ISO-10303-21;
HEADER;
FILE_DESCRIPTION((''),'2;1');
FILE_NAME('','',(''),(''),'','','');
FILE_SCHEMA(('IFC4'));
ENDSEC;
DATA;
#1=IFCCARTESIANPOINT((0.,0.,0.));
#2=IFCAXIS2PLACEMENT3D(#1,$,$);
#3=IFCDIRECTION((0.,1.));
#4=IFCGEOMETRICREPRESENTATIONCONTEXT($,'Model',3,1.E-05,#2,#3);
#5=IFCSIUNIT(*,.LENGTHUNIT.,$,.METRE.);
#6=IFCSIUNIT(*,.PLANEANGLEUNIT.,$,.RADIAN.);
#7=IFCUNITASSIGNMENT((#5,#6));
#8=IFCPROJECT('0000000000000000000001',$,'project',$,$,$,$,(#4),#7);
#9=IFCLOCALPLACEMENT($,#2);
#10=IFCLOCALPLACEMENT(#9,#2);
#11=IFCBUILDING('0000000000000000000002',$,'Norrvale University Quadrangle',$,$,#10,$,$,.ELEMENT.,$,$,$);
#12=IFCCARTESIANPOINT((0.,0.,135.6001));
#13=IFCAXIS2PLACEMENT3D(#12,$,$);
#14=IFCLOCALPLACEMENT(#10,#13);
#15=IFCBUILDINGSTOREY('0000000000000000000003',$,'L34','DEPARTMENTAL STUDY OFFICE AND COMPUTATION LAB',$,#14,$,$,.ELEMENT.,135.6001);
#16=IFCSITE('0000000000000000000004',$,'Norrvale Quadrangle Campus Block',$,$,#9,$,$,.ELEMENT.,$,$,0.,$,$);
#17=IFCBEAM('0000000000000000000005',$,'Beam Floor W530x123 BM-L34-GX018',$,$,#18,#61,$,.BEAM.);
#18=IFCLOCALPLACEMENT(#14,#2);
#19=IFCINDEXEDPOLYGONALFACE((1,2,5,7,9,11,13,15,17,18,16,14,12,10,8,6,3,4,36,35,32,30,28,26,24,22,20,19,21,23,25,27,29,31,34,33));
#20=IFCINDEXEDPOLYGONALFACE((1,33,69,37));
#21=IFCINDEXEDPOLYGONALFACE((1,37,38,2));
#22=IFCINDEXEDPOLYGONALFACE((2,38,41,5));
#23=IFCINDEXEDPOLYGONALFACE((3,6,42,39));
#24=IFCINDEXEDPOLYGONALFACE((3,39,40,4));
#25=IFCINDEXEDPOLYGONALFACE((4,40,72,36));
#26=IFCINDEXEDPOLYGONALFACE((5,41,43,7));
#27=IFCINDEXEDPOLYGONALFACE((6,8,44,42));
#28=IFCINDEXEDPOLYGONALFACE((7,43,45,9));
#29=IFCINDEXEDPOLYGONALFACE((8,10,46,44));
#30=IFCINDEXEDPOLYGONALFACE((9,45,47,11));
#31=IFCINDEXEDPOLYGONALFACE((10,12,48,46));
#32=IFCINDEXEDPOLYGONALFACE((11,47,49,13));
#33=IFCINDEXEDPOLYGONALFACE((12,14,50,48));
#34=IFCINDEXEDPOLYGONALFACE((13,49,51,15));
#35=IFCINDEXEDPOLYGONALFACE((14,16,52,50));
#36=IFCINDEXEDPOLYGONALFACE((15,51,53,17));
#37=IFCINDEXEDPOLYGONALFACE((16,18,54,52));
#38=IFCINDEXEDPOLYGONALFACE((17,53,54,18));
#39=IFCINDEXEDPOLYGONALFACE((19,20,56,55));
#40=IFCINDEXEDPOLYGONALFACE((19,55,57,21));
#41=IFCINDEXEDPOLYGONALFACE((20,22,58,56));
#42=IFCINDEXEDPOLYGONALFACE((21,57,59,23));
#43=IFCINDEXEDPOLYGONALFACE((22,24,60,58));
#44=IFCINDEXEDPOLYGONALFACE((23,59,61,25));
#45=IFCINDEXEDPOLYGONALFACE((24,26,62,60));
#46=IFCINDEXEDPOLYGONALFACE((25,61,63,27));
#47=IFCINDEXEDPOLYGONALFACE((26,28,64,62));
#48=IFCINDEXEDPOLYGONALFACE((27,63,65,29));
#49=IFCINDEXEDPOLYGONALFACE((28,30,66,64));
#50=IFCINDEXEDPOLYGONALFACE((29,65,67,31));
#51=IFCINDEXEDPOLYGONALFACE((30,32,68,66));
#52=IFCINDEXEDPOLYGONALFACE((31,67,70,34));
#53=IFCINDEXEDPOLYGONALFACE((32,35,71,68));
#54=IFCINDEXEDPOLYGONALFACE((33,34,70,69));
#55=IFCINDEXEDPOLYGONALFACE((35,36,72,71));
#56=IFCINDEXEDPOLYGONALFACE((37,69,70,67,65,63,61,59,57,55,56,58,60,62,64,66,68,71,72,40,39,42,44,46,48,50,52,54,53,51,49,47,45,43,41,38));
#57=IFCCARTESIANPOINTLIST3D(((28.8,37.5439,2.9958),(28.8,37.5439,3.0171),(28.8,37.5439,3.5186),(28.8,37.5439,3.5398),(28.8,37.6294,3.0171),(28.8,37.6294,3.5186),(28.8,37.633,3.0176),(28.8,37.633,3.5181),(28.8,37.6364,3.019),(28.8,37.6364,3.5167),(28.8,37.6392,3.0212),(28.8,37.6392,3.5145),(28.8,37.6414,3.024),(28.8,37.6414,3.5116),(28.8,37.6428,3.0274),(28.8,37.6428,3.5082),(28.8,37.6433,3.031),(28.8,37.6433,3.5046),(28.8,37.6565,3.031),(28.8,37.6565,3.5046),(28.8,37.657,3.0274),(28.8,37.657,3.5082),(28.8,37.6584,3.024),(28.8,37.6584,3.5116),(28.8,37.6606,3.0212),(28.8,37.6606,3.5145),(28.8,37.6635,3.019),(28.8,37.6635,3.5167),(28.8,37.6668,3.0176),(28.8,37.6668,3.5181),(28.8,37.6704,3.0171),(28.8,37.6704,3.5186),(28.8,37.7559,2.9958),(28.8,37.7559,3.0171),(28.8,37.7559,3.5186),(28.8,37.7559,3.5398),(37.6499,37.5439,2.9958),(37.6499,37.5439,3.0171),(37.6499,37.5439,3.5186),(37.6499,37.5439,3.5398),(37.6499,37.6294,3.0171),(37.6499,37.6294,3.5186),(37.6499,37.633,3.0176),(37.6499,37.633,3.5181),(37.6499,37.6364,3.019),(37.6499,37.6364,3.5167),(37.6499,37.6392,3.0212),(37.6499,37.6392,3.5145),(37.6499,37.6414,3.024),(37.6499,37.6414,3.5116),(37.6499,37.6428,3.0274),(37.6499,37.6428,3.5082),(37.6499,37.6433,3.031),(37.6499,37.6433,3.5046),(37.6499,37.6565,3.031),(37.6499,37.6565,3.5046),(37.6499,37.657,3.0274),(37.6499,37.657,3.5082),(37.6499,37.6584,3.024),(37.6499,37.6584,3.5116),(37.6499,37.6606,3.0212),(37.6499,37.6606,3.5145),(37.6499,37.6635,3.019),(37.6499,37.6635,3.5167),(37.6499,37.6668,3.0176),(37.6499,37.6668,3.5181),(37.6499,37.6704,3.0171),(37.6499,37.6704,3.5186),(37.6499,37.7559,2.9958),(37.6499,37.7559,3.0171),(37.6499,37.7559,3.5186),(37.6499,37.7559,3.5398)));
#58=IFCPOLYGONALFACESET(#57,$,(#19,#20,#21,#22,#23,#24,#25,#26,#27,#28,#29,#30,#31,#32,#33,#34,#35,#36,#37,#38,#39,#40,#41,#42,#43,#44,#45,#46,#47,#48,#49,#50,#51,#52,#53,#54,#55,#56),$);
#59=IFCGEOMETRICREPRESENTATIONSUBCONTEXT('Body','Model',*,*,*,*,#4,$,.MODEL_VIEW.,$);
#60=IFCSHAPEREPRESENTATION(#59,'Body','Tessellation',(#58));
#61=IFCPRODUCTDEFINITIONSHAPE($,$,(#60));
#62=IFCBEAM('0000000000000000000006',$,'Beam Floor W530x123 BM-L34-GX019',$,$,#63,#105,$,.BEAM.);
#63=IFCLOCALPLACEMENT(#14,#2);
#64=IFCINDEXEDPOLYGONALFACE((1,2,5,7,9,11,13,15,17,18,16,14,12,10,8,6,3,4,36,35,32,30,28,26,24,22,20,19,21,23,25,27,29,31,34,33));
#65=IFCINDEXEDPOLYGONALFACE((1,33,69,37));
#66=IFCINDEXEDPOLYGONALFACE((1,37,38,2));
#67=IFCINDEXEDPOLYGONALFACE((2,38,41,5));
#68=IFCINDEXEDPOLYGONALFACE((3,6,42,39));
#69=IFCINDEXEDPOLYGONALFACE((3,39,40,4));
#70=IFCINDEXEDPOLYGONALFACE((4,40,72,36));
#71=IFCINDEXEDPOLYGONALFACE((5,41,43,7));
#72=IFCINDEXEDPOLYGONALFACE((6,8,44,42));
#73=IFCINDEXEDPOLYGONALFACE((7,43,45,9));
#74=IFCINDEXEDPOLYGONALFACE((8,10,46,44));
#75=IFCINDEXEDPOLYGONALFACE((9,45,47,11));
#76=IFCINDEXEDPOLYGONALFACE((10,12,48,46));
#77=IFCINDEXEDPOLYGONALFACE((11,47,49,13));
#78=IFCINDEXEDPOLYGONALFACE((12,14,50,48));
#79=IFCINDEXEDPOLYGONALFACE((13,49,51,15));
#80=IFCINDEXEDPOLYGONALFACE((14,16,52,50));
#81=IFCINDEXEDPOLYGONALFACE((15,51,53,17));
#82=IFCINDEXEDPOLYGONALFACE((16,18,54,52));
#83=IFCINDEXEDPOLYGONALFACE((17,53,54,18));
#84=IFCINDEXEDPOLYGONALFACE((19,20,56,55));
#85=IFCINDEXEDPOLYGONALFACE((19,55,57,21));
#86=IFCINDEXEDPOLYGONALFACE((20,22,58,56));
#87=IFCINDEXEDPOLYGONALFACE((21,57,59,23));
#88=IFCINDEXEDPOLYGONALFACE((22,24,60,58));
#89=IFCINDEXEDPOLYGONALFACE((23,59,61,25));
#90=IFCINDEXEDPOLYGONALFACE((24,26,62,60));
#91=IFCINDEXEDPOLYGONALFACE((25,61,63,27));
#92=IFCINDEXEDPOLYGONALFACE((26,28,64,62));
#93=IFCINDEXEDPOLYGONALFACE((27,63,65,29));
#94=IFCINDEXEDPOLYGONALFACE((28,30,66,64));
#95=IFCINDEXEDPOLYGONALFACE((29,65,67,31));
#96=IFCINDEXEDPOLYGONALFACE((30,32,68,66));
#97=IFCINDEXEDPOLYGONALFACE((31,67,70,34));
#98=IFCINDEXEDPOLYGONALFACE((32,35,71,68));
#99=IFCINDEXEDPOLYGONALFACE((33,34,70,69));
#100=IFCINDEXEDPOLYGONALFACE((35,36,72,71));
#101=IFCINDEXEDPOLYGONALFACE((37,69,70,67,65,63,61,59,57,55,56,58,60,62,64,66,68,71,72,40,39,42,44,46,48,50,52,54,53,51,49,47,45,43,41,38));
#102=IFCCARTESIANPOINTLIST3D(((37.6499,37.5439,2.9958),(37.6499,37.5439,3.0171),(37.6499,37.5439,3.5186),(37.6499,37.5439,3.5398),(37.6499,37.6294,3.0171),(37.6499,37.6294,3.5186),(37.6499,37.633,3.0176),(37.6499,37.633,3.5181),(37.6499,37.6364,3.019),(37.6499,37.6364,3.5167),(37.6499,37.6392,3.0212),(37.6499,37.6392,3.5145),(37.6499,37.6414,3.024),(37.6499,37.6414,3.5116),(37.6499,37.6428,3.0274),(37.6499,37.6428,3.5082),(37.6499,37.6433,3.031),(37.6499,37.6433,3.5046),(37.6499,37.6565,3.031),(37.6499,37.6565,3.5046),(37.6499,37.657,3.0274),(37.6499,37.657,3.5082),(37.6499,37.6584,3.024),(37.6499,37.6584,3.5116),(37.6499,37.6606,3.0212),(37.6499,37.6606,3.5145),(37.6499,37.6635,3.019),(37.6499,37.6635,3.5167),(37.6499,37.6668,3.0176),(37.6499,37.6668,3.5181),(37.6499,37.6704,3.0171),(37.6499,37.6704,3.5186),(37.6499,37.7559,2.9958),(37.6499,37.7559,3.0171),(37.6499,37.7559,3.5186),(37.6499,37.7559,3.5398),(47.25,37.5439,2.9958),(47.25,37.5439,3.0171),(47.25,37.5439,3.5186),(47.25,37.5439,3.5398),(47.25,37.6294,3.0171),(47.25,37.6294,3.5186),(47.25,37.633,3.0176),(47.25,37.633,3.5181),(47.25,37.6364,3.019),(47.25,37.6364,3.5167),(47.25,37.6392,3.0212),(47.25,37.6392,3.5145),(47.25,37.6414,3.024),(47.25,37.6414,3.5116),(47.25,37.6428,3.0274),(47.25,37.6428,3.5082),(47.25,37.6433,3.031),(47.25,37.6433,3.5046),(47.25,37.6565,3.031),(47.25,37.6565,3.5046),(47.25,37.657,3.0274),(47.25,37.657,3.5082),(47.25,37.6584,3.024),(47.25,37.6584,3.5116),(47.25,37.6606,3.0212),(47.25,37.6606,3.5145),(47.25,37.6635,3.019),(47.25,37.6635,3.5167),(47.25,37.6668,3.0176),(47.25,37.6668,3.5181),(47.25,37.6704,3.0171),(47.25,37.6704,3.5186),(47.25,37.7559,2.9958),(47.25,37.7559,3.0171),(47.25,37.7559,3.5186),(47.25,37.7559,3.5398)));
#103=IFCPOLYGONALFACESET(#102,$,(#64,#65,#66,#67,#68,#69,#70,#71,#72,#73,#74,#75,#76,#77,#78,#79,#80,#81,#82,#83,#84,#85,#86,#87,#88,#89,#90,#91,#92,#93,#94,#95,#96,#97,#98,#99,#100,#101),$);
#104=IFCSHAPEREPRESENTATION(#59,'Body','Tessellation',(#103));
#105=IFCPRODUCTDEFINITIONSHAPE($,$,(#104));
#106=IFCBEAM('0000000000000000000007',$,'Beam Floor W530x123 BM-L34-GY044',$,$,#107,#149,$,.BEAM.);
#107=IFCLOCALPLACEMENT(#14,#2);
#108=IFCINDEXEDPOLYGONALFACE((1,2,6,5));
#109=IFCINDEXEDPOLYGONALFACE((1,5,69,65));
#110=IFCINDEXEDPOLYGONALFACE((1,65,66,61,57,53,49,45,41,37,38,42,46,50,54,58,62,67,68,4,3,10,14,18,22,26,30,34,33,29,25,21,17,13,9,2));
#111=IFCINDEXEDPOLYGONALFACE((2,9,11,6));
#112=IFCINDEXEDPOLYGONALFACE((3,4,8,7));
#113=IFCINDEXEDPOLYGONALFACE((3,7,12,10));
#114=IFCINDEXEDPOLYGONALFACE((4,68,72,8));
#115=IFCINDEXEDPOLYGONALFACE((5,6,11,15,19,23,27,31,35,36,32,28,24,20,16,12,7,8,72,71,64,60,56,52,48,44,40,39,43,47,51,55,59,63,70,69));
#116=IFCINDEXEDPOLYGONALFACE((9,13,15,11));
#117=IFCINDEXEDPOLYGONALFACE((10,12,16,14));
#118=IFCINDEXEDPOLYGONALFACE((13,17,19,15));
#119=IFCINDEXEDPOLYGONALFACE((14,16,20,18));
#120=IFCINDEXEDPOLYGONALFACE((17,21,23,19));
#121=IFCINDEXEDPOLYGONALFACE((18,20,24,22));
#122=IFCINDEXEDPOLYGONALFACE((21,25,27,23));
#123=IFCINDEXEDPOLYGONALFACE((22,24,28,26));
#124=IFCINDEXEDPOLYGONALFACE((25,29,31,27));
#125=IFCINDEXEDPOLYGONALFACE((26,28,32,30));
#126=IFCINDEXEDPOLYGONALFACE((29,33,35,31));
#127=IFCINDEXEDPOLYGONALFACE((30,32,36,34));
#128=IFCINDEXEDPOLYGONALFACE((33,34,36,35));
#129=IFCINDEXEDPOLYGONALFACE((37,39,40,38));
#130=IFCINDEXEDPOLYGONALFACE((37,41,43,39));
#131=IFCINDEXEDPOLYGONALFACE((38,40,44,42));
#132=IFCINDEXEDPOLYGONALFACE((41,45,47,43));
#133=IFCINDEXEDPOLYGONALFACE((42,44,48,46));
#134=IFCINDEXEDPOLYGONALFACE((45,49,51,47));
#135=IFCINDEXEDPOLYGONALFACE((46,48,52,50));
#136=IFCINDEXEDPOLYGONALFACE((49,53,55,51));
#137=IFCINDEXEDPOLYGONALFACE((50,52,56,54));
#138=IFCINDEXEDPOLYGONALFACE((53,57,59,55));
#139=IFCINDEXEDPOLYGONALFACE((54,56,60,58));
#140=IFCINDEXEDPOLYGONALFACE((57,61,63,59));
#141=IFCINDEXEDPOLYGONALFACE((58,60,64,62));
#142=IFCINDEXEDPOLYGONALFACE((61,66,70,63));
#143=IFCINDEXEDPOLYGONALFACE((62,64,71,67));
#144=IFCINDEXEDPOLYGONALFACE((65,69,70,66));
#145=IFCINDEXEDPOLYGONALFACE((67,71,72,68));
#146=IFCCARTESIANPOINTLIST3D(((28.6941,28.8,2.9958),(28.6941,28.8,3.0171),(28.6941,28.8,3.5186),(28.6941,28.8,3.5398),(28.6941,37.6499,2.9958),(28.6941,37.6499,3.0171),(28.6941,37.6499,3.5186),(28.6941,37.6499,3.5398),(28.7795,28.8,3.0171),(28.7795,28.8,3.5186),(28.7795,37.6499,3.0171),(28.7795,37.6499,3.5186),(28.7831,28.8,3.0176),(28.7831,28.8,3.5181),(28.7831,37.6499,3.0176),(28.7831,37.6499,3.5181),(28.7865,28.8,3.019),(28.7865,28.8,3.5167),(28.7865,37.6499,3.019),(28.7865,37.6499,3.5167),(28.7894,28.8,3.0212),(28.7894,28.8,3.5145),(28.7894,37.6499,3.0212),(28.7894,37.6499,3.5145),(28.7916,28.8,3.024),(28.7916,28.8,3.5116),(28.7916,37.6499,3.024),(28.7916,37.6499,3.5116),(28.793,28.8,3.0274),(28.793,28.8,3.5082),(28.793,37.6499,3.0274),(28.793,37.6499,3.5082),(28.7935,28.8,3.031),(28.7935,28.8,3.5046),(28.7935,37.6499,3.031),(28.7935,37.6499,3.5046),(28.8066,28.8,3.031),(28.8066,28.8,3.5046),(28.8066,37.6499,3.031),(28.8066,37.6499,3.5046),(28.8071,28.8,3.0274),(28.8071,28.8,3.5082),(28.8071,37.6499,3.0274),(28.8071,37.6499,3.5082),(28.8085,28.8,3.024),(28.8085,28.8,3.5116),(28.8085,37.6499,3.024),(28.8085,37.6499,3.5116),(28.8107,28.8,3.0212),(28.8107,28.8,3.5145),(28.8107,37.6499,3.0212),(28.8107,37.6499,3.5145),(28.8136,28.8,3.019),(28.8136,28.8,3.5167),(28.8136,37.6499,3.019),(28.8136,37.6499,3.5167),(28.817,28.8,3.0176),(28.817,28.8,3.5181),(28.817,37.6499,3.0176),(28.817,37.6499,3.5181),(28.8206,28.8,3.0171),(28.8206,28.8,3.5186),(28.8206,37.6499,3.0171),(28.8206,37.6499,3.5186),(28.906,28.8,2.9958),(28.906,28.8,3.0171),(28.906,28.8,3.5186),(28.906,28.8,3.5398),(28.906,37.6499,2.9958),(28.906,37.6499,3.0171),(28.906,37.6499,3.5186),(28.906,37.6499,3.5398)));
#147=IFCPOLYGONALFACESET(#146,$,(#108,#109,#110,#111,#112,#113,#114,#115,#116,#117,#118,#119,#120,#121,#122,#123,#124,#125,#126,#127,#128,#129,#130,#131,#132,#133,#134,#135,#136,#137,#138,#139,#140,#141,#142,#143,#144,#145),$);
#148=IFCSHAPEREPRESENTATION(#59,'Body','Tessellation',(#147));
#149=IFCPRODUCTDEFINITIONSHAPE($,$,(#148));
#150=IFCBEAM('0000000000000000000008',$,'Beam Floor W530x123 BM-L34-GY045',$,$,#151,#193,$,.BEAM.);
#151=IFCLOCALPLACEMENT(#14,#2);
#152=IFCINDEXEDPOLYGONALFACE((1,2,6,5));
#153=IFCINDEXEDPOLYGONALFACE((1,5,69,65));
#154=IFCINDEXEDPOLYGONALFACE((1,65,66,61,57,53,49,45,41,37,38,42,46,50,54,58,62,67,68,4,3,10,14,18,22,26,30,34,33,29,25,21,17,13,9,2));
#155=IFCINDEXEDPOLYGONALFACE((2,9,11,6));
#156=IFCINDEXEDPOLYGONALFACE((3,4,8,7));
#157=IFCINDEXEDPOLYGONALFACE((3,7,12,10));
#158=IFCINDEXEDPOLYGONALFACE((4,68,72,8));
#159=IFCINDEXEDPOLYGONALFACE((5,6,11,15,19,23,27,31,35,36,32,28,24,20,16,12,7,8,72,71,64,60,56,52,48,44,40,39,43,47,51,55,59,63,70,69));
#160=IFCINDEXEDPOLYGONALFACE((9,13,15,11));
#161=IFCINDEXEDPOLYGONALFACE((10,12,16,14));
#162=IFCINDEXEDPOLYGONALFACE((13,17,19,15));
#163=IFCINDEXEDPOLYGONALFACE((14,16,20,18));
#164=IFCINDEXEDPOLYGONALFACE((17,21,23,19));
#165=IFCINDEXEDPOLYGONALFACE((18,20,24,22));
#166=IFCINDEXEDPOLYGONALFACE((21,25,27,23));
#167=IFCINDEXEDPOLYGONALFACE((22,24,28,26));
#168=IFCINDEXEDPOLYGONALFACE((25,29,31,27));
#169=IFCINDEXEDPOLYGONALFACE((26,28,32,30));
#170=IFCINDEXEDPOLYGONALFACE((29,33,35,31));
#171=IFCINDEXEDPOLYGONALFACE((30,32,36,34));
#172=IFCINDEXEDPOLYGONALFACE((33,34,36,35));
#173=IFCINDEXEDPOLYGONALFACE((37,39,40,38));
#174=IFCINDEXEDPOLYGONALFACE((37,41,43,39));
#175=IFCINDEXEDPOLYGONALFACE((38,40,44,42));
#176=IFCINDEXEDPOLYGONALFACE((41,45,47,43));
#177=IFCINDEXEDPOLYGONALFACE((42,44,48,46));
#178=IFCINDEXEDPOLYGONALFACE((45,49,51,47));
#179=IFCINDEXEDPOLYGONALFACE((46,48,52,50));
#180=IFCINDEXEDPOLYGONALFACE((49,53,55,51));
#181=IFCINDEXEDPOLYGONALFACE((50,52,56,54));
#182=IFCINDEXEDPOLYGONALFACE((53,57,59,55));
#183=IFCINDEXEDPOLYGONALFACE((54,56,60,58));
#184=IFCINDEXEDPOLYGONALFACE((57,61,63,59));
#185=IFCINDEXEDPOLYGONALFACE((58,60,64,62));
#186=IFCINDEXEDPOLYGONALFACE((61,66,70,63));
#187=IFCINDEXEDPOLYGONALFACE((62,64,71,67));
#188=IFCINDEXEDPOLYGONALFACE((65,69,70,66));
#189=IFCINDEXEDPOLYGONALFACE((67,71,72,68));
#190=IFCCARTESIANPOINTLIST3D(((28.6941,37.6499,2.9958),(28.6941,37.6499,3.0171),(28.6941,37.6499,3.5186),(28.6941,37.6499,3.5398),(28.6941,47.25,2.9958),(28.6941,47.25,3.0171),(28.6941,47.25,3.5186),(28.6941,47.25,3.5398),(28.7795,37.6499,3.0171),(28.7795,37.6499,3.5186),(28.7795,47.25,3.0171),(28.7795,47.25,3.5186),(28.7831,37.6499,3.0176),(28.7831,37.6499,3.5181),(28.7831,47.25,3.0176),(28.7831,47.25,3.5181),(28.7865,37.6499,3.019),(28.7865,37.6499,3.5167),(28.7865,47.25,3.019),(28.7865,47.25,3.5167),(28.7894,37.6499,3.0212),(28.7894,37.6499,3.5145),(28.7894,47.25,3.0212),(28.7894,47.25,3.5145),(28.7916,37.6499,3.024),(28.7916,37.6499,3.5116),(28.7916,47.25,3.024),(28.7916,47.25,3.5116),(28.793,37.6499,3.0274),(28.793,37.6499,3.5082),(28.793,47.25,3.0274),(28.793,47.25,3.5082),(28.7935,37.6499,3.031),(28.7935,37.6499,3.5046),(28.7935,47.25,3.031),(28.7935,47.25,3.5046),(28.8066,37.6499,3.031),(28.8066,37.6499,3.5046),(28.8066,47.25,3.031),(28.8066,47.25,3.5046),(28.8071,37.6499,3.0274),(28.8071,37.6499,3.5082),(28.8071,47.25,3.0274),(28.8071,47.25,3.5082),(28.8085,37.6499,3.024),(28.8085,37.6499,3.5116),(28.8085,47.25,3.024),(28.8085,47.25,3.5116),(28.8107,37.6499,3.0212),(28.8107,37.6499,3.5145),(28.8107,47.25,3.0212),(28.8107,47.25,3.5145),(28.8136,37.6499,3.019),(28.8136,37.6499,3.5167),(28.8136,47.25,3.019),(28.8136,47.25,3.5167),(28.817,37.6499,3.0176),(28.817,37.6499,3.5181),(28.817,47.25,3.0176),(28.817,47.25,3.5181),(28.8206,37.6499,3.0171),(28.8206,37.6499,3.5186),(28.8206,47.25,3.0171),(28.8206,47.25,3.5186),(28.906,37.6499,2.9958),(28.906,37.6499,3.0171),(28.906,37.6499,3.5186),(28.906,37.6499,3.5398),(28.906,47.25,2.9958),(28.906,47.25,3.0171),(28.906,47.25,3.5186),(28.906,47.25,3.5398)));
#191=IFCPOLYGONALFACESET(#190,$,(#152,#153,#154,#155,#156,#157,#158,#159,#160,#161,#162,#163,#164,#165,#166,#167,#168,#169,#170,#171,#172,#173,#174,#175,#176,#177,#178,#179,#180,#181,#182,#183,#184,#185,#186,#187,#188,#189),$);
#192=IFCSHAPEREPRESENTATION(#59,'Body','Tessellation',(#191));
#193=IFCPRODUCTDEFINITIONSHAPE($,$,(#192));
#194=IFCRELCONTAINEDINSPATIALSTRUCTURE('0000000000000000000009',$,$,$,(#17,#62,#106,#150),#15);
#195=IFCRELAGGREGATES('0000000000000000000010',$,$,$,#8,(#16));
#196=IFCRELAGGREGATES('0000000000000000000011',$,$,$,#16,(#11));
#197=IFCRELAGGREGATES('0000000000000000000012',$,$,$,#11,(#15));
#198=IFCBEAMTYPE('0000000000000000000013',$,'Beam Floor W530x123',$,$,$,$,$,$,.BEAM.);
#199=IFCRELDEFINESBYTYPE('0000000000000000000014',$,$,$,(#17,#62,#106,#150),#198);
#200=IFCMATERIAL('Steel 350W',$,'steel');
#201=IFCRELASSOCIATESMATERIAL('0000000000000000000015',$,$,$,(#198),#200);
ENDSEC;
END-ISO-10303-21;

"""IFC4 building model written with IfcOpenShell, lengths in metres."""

from ifc_helpers import new_model, si_unit, direction, frame, origin, origin_2d, place, context, subcontext, project, spatial, i_section, extrude, material, material_profile, profile_set, type_object, element, save


model = new_model("IFC4")

# Units and contexts
model_context = context("Model", 3, precision=1e-05, world=origin(), true_north=direction((0.0, 1.0)))
body_context = subcontext(model_context, "Body", "Model", "MODEL_VIEW")
ifc_project = project(units=[si_unit("LENGTHUNIT", "METRE"), si_unit("PLANEANGLEUNIT", "RADIAN")], contexts=[model_context])

# Site, building, storey
site_placement = place(None, origin())
site = spatial("IfcSite", under=ifc_project, at=site_placement, Name="Norrvale Quadrangle Campus Block", CompositionType="ELEMENT", RefElevation=0.0)
building_placement = place(site_placement, origin())
building = spatial("IfcBuilding", under=site, at=building_placement, Name="Norrvale University Quadrangle", CompositionType="ELEMENT")
storey_placement = place(building_placement, frame((0.0, 0.0, 135.6001)))
storey = spatial("IfcBuildingStorey", under=building, at=storey_placement, Name="L34", Description="DEPARTMENTAL STUDY OFFICE AND COMPUTATION LAB", CompositionType="ELEMENT", Elevation=135.6001)

# Beams
ifc_material_1 = material(Name="Steel 350W", Category="steel")
ifc_material_profile_1 = material_profile(ifc_material_1, i_section(OverallWidth=0.2119, OverallDepth=0.5439, WebThickness=0.0132, FlangeThickness=0.0212, FilletRadius=0.0139, at=origin_2d()), Name="Steel 350W")
ifc_profile_set_1 = profile_set([ifc_material_profile_1], Name="Steel 350W")
beam_type_1 = type_object("IfcBeamType", Name="Beam Floor W530x123", PredefinedType="BEAM", material=ifc_profile_set_1)
beam_1_placement = place(storey_placement, frame((28.8, 37.6499, 3.2678), z_axis=(1.0, 0.0, 0.0), x_axis=(0.0, 1.0, 0.0)))
element("IfcBeam", 1, at=beam_1_placement, inside=storey, type_object=beam_type_1, Name="Beam Floor W530x123 BM-L34-GX018", PredefinedType="BEAM", context=body_context, shape_type="SweptSolid", body=[
    extrude(i_section(OverallWidth=0.2119, OverallDepth=0.5439, WebThickness=0.0132, FlangeThickness=0.0212, FilletRadius=0.0139, at=origin_2d()), origin(), (0.0, 0.0, 1.0), 8.8499),
])
beam_2_placement = place(storey_placement, frame((37.6499, 37.6499, 3.2678), z_axis=(1.0, 0.0, 0.0), x_axis=(0.0, 1.0, 0.0)))
element("IfcBeam", 2, at=beam_2_placement, inside=storey, type_object=beam_type_1, Name="Beam Floor W530x123 BM-L34-GX019", PredefinedType="BEAM", context=body_context, shape_type="SweptSolid", body=[
    extrude(i_section(OverallWidth=0.2119, OverallDepth=0.5439, WebThickness=0.0132, FlangeThickness=0.0212, FilletRadius=0.0139, at=origin_2d()), origin(), (0.0, 0.0, 1.0), 9.6001),
])
beam_3_placement = place(storey_placement, frame((28.8, 28.8, 3.2678), z_axis=(0.0, 1.0, 0.0), x_axis=(-1.0, 0.0, 0.0)))
element("IfcBeam", 3, at=beam_3_placement, inside=storey, type_object=beam_type_1, Name="Beam Floor W530x123 BM-L34-GY044", PredefinedType="BEAM", context=body_context, shape_type="SweptSolid", body=[
    extrude(i_section(OverallWidth=0.2119, OverallDepth=0.5439, WebThickness=0.0132, FlangeThickness=0.0212, FilletRadius=0.0139, at=origin_2d()), origin(), (0.0, 0.0, 1.0), 8.8499),
])
beam_4_placement = place(storey_placement, frame((28.8, 37.6499, 3.2678), z_axis=(0.0, 1.0, 0.0), x_axis=(-1.0, 0.0, 0.0)))
element("IfcBeam", 4, at=beam_4_placement, inside=storey, type_object=beam_type_1, Name="Beam Floor W530x123 BM-L34-GY045", PredefinedType="BEAM", context=body_context, shape_type="SweptSolid", body=[
    extrude(i_section(OverallWidth=0.2119, OverallDepth=0.5439, WebThickness=0.0132, FlangeThickness=0.0212, FilletRadius=0.0139, at=origin_2d()), origin(), (0.0, 0.0, 1.0), 9.6001),
])

save(model, "model.ifc")
